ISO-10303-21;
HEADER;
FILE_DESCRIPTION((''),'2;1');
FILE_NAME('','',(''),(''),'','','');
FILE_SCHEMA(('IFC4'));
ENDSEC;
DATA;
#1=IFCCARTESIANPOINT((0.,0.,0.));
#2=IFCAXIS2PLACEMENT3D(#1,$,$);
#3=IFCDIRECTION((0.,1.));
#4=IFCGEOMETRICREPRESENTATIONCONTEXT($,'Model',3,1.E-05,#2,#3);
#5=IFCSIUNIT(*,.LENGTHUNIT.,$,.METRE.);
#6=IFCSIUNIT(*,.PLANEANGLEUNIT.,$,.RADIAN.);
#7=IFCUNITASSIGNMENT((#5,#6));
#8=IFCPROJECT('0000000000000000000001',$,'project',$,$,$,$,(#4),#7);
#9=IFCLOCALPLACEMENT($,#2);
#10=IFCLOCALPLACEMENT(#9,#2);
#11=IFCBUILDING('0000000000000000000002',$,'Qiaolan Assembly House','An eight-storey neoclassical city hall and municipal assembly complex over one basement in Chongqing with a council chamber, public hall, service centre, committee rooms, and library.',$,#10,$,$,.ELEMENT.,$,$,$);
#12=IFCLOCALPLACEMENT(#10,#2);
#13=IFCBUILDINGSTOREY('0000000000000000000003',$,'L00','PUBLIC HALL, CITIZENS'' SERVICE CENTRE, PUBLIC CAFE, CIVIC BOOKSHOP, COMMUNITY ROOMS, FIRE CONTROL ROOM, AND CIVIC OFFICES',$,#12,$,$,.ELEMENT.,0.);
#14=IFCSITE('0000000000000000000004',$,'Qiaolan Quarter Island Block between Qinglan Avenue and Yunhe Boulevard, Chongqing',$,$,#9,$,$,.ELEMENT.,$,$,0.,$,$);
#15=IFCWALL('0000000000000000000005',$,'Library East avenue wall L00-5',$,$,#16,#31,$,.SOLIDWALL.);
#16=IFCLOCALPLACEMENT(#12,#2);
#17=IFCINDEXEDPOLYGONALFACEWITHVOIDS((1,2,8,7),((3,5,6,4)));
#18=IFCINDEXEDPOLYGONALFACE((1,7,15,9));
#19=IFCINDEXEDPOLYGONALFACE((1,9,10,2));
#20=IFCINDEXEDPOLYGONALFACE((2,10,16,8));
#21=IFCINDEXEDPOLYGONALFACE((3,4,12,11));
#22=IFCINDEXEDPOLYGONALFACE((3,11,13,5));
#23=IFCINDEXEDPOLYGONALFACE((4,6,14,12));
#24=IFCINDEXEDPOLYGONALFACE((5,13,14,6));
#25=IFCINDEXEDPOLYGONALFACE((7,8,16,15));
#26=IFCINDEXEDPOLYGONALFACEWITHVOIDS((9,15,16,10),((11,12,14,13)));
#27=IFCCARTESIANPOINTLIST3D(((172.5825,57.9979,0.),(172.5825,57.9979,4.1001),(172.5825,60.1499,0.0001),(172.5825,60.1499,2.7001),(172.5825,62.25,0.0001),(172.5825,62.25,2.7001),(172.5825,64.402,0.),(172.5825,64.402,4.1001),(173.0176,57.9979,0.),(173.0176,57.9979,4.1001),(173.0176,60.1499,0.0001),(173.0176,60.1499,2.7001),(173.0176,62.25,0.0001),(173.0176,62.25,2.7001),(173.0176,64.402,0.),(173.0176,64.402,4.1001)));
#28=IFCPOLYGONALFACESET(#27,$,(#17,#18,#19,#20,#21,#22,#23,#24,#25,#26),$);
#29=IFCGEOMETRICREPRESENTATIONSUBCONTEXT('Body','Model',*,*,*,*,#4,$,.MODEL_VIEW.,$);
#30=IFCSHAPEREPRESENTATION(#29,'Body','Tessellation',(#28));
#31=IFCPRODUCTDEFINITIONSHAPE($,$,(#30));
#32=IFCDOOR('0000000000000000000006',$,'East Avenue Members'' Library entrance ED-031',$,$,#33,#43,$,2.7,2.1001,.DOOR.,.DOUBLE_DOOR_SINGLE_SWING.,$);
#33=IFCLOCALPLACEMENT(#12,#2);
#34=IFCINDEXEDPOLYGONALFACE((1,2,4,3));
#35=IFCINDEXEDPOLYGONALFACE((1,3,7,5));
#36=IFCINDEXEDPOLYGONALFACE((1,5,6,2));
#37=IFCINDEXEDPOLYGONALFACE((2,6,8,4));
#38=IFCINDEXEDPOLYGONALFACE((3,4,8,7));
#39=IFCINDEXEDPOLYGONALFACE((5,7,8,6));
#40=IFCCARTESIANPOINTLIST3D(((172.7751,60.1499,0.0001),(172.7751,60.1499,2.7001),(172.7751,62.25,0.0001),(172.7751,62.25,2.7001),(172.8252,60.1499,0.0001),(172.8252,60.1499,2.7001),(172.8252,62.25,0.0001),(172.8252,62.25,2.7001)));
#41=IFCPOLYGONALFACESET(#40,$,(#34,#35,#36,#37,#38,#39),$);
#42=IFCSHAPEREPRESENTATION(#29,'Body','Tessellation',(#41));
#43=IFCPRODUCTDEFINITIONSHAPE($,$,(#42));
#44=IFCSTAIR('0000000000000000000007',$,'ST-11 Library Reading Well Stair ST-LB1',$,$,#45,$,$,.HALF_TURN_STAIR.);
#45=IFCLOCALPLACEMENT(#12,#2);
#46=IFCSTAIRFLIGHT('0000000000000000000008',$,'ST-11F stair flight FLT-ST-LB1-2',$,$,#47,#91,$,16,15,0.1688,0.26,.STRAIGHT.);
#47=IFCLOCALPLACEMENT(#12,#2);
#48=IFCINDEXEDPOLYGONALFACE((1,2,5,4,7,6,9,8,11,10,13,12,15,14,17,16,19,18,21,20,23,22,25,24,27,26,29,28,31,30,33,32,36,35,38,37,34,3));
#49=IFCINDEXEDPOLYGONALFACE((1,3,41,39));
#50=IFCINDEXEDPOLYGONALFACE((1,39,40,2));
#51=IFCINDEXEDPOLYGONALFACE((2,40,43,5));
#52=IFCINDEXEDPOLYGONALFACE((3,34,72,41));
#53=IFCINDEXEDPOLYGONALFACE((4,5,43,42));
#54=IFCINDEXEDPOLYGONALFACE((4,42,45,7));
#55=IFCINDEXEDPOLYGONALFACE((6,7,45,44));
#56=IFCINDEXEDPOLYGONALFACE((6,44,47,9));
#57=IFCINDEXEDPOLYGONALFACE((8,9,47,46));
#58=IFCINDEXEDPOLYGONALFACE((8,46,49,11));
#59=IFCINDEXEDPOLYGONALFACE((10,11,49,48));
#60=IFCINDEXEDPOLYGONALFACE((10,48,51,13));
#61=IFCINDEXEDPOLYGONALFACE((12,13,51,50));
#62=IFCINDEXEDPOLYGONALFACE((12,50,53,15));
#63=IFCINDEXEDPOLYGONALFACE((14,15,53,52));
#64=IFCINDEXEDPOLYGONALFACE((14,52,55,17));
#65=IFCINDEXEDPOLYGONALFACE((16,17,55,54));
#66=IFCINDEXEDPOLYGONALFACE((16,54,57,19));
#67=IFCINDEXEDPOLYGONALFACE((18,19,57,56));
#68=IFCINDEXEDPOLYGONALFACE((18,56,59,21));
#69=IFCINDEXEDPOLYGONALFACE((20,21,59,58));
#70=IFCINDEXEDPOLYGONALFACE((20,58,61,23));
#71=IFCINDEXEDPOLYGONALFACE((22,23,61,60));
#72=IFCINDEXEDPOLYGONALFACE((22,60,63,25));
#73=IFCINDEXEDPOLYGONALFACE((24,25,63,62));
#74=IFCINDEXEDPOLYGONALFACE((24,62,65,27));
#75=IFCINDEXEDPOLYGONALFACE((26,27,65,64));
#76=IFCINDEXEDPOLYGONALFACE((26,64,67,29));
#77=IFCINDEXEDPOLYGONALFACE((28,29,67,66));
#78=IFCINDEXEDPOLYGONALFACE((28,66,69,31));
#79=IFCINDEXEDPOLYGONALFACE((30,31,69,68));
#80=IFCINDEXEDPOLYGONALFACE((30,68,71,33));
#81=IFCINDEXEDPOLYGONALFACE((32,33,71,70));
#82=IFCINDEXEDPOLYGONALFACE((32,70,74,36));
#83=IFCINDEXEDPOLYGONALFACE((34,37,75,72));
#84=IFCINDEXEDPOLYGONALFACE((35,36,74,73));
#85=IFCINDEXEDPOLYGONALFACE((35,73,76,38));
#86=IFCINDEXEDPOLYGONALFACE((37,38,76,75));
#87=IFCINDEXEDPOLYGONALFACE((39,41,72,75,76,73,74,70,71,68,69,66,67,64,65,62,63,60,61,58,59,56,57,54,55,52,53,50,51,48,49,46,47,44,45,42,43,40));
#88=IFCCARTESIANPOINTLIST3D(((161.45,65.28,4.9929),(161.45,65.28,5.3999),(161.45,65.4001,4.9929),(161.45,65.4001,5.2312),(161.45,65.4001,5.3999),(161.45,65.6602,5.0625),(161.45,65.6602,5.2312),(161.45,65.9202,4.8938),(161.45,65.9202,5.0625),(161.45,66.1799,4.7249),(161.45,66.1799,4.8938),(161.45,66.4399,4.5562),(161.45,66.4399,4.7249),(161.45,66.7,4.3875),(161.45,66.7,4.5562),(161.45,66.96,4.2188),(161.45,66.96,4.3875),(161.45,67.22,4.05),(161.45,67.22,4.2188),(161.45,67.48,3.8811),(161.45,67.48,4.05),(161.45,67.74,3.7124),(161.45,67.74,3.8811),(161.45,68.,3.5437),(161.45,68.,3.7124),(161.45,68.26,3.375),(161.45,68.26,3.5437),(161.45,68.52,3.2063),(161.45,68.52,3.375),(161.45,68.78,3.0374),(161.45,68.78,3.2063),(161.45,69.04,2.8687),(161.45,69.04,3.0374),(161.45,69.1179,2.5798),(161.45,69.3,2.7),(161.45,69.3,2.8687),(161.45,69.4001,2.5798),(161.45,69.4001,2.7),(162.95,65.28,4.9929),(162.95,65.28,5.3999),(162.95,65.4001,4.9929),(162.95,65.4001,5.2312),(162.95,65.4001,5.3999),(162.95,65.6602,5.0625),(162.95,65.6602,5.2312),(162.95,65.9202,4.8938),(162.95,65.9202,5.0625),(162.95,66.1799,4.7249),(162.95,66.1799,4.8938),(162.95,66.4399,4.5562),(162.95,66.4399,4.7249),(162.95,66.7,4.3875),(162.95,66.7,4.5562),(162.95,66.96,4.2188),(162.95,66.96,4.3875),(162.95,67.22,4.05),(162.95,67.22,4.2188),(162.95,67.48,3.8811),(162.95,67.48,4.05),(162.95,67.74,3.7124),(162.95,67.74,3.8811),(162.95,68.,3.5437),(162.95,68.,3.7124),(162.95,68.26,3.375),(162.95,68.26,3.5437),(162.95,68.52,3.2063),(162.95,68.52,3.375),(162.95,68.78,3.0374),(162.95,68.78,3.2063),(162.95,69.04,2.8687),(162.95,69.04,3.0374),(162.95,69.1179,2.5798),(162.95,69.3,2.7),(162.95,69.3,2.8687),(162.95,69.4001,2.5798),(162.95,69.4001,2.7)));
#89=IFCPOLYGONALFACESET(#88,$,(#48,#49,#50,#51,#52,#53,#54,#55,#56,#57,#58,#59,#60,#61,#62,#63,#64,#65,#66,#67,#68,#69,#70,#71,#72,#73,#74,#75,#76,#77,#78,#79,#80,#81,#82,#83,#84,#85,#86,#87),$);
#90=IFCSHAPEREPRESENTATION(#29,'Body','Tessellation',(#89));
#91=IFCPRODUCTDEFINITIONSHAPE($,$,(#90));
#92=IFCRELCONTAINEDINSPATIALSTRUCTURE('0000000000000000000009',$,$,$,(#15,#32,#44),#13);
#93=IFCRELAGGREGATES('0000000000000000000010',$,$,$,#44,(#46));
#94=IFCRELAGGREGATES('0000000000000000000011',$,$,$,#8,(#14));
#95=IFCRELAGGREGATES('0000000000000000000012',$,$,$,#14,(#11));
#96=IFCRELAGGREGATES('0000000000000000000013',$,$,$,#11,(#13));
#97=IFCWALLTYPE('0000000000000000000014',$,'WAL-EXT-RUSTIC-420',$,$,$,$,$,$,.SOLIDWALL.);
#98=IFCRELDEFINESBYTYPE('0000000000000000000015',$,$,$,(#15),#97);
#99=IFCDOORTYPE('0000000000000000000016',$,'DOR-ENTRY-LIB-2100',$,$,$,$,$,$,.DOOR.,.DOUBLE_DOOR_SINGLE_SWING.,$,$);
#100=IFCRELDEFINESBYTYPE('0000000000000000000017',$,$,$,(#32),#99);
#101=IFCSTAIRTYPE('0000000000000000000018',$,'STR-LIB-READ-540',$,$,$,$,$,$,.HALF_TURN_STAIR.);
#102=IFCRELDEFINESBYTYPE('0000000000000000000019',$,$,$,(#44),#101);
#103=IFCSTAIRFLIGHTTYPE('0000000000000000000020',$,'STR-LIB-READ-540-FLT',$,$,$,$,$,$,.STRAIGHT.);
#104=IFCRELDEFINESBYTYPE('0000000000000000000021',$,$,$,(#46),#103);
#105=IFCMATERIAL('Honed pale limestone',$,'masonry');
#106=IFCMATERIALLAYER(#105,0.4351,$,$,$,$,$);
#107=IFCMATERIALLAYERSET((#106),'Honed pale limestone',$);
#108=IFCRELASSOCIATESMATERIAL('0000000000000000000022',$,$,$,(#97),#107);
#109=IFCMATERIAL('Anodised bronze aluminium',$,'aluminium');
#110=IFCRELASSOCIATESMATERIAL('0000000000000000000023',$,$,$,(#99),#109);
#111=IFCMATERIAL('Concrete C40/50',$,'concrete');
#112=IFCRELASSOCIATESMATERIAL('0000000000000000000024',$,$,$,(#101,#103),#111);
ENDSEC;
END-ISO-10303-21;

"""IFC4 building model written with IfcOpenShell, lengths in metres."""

from ifc_helpers import new_model, si_unit, direction, frame, frame_2d, origin, place, context, subcontext, project, spatial, polyline, rectangle, outline, extrude, material, layer, layer_set, type_object, element, fill, aggregate, save


model = new_model("IFC4")

# Units and contexts
model_context = context("Model", 3, precision=1e-05, world=origin(), true_north=direction((0.0, 1.0)))
body_context = subcontext(model_context, "Body", "Model", "MODEL_VIEW")
ifc_project = project(units=[si_unit("LENGTHUNIT", "METRE"), si_unit("PLANEANGLEUNIT", "RADIAN")], contexts=[model_context])

# Site, building, storey
site_placement = place(None, origin())
site = spatial("IfcSite", under=ifc_project, at=site_placement, Name="Qiaolan Quarter Island Block between Qinglan Avenue and Yunhe Boulevard, Chongqing", CompositionType="ELEMENT", RefElevation=0.0)
building_placement = place(site_placement, origin())
building = spatial("IfcBuilding", under=site, at=building_placement, Name="Qiaolan Assembly House", Description="An eight-storey neoclassical city hall and municipal assembly complex over one basement in Chongqing with a council chamber, public hall, service centre, committee rooms, and library.", CompositionType="ELEMENT")
storey_placement = place(building_placement, origin())
storey = spatial("IfcBuildingStorey", under=building, at=storey_placement, Name="L00", Description="PUBLIC HALL, CITIZENS' SERVICE CENTRE, PUBLIC CAFE, CIVIC BOOKSHOP, COMMUNITY ROOMS, FIRE CONTROL ROOM, AND CIVIC OFFICES", CompositionType="ELEMENT", Elevation=0.0)

# Shared definitions
ifc_material_1 = material(Name="Concrete C40/50", Category="concrete")

# Wall, opening, door
ifc_material_2 = material(Name="Honed pale limestone", Category="masonry")
ifc_layer_1 = layer(ifc_material_2, 0.4351)
ifc_layer_set_1 = layer_set([ifc_layer_1], Name="Honed pale limestone")
wall_type = type_object("IfcWallType", Name="WAL-EXT-RUSTIC-420", PredefinedType="SOLIDWALL", material=ifc_layer_set_1)
wall_placement = place(storey_placement, frame((172.8, 64.4021, 0.0), z_axis=(0.0, 0.0, 1.0), x_axis=(0.0, -1.0, 0.0)))
wall = element("IfcWall", 1, at=wall_placement, inside=storey, type_object=wall_type, Name="Library East avenue wall L00-5", PredefinedType="SOLIDWALL", context=body_context, shape_type="SweptSolid", body=[
    extrude(rectangle(XDim=6.4041, YDim=0.4351, at=frame_2d((3.2021, 0.0))), origin(), (0.0, 0.0, 1.0), 4.1001),
])
opening_placement = place(wall_placement, frame((2.1521, 0.0, 0.0)))
opening = element("IfcOpeningElement", 2, at=opening_placement, cuts=wall, PredefinedType="OPENING", context=body_context, shape_type="SweptSolid", body=[
    extrude(rectangle(XDim=2.1001, YDim=2.7, at=frame_2d((1.05, 1.3501))), frame((0.0, 0.2275, 0.0), z_axis=(0.0, -1.0, 0.0), x_axis=(1.0, 0.0, 0.0)), (0.0, 0.0, 1.0), 0.4551),
])
ifc_material_3 = material(Name="Anodised bronze aluminium", Category="aluminium")
door_type = type_object("IfcDoorType", Name="DOR-ENTRY-LIB-2100", OperationType="DOUBLE_DOOR_SINGLE_SWING", PredefinedType="DOOR", material=ifc_material_3)
door_placement = place(opening_placement, frame((2.1001, 0.0, 0.0), z_axis=(0.0, 0.0, 1.0), x_axis=(-1.0, 0.0, 0.0)))
door = element("IfcDoor", 3, at=door_placement, inside=storey, type_object=door_type, Name="East Avenue Members' Library entrance ED-031", OperationType="DOUBLE_DOOR_SINGLE_SWING", OverallHeight=2.7, OverallWidth=2.1001, PredefinedType="DOOR", context=body_context, shape_type="SweptSolid", body=[
    extrude(rectangle(XDim=2.1001, YDim=2.7, at=frame_2d((1.05, 1.3501))), frame((0.0, 0.0249, 0.0), z_axis=(0.0, -1.0, 0.0), x_axis=(1.0, 0.0, 0.0)), (0.0, 0.0, 1.0), 0.05),
])
fill(opening, door)

# Stair, stair flight
stair_type = type_object("IfcStairType", Name="STR-LIB-READ-540", PredefinedType="HALF_TURN_STAIR", material=ifc_material_1)
stair_placement = place(storey_placement, origin())
stair = element("IfcStair", 4, at=stair_placement, inside=storey, type_object=stair_type, Name="ST-11 Library Reading Well Stair ST-LB1", PredefinedType="HALF_TURN_STAIR")
stair_flight_type = type_object("IfcStairFlightType", Name="STR-LIB-READ-540-FLT", PredefinedType="STRAIGHT", material=ifc_material_1)
stair_flight_placement = place(storey_placement, frame((162.2, 69.3, 2.7), z_axis=(0.0, 0.0, 1.0), x_axis=(0.0, -1.0, 0.0)))
stair_flight = element("IfcStairFlight", 5, at=stair_flight_placement, type_object=stair_flight_type, Name="ST-11F stair flight FLT-ST-LB1-2", NumberOfRisers=16, NumberOfTreads=15, PredefinedType="STRAIGHT", RiserHeight=0.1688, TreadLength=0.26, context=body_context, shape_type="SweptSolid", body=[
    extrude(outline(polyline([(-0.1001, -0.1201), (-0.1001, 0.0), (0.0, 0.0), (0.0, 0.1687), (0.26, 0.1687), (0.26, 0.3374), (0.52, 0.3374), (0.52, 0.5063), (0.78, 0.5063), (0.78, 0.675), (1.04, 0.675), (1.04, 0.8438), (1.3, 0.8438), (1.3, 1.0125), (1.5601, 1.0125), (1.5601, 1.1812), (1.8201, 1.1812), (1.8201, 1.3501), (2.0801, 1.3501), (2.0801, 1.5188), (2.3401, 1.5188), (2.3401, 1.6875), (2.6001, 1.6875), (2.6001, 1.8562), (2.8601, 1.8562), (2.8601, 2.0249), (3.1201, 2.0249), (3.1201, 2.1938), (3.3799, 2.1938), (3.3799, 2.3625), (3.6399, 2.3625), (3.6399, 2.5312), (3.8999, 2.5312), (3.8999, 2.7), (4.02, 2.7), (4.02, 2.293), (3.8999, 2.293), (0.1821, -0.1201), (-0.1001, -0.1201)])), frame((0.0, 0.75, 0.0), z_axis=(0.0, -1.0, 0.0), x_axis=(1.0, 0.0, 0.0)), (0.0, 0.0, 1.0), 1.5),
])
aggregate(stair, [stair_flight])

save(model, "model.ifc")
